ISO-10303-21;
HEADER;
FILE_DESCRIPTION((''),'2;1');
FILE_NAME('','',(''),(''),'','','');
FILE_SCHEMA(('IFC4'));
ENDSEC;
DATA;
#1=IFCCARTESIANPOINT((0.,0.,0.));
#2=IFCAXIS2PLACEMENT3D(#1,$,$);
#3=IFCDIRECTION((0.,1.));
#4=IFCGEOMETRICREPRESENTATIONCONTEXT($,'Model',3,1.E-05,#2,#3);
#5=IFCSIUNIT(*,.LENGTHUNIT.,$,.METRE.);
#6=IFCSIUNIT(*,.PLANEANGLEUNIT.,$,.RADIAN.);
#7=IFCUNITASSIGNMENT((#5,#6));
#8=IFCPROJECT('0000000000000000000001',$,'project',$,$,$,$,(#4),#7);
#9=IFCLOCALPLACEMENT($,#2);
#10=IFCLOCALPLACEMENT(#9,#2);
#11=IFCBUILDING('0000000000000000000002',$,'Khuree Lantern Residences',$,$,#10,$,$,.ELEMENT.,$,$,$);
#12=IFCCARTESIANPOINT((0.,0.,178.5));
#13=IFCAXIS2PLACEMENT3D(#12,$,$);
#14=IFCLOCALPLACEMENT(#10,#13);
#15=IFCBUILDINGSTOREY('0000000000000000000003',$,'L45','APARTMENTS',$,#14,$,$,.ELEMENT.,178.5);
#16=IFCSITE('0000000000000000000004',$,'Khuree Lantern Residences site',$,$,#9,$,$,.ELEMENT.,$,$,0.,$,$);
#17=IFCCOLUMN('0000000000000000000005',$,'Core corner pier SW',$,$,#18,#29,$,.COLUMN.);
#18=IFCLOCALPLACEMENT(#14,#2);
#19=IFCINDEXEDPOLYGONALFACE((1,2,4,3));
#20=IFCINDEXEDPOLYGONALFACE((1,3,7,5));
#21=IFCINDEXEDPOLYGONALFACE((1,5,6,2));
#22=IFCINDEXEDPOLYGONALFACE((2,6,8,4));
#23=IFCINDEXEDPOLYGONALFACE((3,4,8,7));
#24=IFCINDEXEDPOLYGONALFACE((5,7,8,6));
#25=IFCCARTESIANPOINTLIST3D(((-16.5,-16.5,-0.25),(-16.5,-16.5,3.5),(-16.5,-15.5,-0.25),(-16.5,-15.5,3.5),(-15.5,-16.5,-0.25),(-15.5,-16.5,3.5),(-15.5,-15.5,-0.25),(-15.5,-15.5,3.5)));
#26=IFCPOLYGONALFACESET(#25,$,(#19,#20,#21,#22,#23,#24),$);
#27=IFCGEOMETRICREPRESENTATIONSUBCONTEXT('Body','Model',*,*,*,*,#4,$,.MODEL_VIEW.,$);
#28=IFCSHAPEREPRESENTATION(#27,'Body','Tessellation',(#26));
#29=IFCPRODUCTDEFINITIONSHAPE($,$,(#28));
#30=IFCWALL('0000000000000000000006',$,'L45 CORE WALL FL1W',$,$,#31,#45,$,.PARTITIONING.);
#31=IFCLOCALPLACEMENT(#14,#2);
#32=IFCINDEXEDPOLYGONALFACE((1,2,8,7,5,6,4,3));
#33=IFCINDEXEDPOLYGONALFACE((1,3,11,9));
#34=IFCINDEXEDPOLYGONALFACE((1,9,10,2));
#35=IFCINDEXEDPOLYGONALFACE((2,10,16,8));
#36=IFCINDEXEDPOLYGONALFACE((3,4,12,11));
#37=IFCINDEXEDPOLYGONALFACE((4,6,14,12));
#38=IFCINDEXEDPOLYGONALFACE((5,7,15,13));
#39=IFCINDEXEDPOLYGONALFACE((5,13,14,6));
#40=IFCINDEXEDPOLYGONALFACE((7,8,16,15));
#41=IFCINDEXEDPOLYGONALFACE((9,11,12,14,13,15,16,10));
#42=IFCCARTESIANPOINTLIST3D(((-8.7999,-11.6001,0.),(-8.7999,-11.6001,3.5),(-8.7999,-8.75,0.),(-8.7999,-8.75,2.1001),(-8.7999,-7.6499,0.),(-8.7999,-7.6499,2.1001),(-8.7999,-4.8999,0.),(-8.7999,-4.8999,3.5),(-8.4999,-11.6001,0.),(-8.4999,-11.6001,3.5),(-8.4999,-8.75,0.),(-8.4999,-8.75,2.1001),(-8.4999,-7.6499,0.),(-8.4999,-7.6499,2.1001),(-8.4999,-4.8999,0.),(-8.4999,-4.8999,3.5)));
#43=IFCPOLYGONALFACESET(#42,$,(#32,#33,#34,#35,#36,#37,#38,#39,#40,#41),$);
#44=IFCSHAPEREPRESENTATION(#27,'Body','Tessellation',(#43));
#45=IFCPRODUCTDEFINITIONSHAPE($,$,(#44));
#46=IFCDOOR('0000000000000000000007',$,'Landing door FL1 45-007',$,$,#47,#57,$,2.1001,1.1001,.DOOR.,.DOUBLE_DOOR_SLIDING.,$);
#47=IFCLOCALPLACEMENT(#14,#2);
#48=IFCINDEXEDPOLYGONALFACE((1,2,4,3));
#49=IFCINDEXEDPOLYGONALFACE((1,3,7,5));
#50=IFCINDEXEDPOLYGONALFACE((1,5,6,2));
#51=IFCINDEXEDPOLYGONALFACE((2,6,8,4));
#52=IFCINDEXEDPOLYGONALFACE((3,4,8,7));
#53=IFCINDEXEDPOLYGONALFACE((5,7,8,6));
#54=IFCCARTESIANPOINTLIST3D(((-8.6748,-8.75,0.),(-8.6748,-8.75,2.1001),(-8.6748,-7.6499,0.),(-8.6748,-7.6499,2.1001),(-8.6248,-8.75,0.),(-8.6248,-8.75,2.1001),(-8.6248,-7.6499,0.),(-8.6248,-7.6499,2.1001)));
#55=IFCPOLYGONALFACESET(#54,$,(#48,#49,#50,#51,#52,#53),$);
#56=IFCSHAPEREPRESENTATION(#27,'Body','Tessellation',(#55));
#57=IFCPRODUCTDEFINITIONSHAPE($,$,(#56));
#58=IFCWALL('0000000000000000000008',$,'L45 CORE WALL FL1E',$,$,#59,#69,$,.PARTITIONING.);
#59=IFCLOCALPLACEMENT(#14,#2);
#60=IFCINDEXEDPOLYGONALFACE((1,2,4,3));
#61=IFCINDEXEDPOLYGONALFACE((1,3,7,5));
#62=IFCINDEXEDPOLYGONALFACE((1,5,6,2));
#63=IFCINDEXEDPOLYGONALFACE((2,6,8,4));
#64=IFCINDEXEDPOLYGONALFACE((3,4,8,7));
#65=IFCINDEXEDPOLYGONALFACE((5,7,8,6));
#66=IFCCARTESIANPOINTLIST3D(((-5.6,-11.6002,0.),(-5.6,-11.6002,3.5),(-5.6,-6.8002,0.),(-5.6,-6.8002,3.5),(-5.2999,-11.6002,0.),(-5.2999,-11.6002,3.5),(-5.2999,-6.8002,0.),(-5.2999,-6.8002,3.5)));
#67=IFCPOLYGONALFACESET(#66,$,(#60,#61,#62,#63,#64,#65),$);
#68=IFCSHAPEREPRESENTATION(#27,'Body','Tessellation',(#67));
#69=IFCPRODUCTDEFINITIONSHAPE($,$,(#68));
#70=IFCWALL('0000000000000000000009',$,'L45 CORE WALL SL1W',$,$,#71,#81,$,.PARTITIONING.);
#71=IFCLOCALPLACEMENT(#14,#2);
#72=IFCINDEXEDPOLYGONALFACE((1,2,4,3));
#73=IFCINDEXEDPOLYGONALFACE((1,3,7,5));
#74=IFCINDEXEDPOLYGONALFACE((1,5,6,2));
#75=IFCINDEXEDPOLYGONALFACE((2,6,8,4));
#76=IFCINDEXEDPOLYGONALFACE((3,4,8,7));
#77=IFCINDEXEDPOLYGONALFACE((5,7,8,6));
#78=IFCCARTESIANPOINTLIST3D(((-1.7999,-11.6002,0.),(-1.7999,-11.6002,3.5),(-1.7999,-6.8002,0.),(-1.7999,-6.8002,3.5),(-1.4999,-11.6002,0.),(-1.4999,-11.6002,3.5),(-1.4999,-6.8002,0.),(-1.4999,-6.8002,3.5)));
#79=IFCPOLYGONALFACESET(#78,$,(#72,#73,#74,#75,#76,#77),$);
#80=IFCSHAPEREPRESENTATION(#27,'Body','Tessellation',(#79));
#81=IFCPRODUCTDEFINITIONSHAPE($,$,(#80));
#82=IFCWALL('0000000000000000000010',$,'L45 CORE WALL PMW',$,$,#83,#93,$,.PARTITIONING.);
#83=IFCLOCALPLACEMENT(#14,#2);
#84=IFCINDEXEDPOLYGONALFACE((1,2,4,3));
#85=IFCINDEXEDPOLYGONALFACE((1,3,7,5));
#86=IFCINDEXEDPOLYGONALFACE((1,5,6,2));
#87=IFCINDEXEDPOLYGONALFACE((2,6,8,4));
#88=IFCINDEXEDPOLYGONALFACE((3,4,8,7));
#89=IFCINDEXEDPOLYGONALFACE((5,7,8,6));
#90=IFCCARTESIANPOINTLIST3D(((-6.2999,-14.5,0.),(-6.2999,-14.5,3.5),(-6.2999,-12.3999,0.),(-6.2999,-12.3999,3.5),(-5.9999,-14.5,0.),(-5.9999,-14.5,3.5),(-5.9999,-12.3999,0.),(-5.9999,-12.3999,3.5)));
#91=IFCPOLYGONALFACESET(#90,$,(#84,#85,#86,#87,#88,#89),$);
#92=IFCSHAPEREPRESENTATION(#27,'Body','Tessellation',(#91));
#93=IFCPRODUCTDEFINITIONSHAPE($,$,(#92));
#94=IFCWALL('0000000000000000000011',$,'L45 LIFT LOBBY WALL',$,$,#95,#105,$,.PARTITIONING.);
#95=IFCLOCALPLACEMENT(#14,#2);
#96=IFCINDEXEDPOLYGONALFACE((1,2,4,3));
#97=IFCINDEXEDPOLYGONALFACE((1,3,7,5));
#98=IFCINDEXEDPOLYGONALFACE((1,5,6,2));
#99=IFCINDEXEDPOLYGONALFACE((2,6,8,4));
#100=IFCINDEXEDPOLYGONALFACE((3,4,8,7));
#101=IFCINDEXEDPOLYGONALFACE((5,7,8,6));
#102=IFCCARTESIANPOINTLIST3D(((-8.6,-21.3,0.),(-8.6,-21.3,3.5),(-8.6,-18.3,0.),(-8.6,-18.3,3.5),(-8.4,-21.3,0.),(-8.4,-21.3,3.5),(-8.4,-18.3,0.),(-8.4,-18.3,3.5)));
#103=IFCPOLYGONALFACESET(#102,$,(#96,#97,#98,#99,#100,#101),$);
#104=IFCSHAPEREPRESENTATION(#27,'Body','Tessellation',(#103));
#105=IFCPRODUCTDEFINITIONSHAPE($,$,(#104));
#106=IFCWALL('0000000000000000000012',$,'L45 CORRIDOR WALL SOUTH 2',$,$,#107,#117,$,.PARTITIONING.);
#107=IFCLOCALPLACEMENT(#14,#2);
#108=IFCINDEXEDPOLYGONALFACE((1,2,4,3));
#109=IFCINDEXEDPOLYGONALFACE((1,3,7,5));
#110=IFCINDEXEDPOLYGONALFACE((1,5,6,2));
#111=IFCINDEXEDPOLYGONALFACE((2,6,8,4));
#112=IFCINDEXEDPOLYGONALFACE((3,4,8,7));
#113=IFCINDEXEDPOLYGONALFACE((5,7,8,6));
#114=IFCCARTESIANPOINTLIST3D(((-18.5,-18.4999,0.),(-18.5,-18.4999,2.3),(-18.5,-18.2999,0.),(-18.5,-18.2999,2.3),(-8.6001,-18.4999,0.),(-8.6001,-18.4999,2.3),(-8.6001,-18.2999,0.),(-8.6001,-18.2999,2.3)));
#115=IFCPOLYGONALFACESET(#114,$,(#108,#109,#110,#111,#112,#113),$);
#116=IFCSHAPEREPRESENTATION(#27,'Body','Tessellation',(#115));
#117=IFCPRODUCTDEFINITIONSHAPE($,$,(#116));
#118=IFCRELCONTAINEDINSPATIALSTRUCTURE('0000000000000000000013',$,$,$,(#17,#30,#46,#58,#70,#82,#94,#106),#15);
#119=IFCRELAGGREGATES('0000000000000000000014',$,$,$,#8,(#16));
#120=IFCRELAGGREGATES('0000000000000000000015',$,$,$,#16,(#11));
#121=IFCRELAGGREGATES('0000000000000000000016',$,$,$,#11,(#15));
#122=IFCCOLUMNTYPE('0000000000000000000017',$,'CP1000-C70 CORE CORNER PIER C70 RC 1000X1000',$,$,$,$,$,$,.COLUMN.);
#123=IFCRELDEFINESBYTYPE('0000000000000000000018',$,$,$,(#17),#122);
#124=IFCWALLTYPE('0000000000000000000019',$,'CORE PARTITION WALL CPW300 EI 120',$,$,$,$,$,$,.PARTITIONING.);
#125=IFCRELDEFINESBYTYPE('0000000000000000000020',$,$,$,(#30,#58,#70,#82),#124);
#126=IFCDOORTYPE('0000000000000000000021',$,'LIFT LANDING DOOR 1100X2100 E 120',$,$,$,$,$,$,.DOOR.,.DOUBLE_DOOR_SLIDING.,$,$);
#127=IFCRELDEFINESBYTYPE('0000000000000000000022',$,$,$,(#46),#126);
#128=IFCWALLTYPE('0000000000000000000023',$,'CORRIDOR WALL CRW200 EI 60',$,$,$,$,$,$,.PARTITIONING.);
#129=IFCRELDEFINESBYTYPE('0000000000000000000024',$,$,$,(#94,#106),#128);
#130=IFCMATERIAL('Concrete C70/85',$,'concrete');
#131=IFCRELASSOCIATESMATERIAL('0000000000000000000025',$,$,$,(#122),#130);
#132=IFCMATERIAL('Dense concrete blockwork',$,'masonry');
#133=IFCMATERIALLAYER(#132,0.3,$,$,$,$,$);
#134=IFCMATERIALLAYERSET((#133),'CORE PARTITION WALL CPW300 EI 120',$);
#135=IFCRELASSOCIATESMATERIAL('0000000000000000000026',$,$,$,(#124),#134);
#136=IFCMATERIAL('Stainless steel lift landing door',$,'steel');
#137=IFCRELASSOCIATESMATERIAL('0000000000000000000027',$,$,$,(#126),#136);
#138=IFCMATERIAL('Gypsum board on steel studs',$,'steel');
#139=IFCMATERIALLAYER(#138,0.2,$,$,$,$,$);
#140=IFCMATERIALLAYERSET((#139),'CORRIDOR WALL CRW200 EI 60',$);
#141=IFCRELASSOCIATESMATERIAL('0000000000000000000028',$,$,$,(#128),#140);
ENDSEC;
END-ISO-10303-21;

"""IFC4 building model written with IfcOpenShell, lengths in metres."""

from ifc_helpers import new_model, si_unit, direction, frame, frame_2d, origin, origin_2d, place, context, subcontext, project, spatial, rectangle, extrude, material, layer, layer_set, material_profile, profile_set, type_object, element, fill, save


model = new_model("IFC4")

# Units and contexts
model_context = context("Model", 3, precision=1e-05, world=origin(), true_north=direction((0.0, 1.0)))
body_context = subcontext(model_context, "Body", "Model", "MODEL_VIEW")
ifc_project = project(units=[si_unit("LENGTHUNIT", "METRE"), si_unit("PLANEANGLEUNIT", "RADIAN")], contexts=[model_context])

# Site, building, storey
site_placement = place(None, origin())
site = spatial("IfcSite", under=ifc_project, at=site_placement, Name="Khuree Lantern Residences site", CompositionType="ELEMENT", RefElevation=0.0)
building_placement = place(site_placement, origin())
building = spatial("IfcBuilding", under=site, at=building_placement, Name="Khuree Lantern Residences", CompositionType="ELEMENT")
storey_placement = place(building_placement, frame((0.0, 0.0, 178.5)))
storey = spatial("IfcBuildingStorey", under=building, at=storey_placement, Name="L45", Description="APARTMENTS", CompositionType="ELEMENT", Elevation=178.5)

# Column
ifc_material_1 = material(Name="Concrete C70/85", Category="concrete")
ifc_material_profile = material_profile(ifc_material_1, rectangle(XDim=1.0, YDim=1.0, at=origin_2d()), Name="RC 1000X1000")
ifc_profile_set = profile_set([ifc_material_profile], Name="Concrete C70/85")
column_type = type_object("IfcColumnType", Name="CP1000-C70 CORE CORNER PIER C70 RC 1000X1000", PredefinedType="COLUMN", material=ifc_profile_set)
column_placement = place(storey_placement, frame((-16.0, -16.0, -0.25), z_axis=(0.0, 0.0, 1.0), x_axis=(1.0, 0.0, 0.0)))
element("IfcColumn", 1, at=column_placement, inside=storey, type_object=column_type, Name="Core corner pier SW", PredefinedType="COLUMN", context=body_context, shape_type="SweptSolid", body=[
    extrude(rectangle(XDim=1.0, YDim=1.0, at=origin_2d()), origin(), (0.0, 0.0, 1.0), 3.75),
])

# Wall, opening, door
ifc_material_2 = material(Name="Dense concrete blockwork", Category="masonry")
ifc_layer_1 = layer(ifc_material_2, 0.3)
ifc_layer_set_1 = layer_set([ifc_layer_1], Name="CORE PARTITION WALL CPW300 EI 120")
wall_type_1 = type_object("IfcWallType", Name="CORE PARTITION WALL CPW300 EI 120", PredefinedType="PARTITIONING", material=ifc_layer_set_1)
wall_1_placement = place(storey_placement, frame((-8.6499, -11.6001, 0.0), z_axis=(0.0, 0.0, 1.0), x_axis=(0.0, 1.0, 0.0)))
wall_1 = element("IfcWall", 2, at=wall_1_placement, inside=storey, type_object=wall_type_1, Name="L45 CORE WALL FL1W", PredefinedType="PARTITIONING", context=body_context, shape_type="SweptSolid", body=[
    extrude(rectangle(XDim=6.7002, YDim=0.3, at=frame_2d((3.3501, 0.0))), origin(), (0.0, 0.0, 1.0), 3.5),
])
opening_1_placement = place(wall_1_placement, frame((2.8501, 0.0, 0.0)))
opening_1 = element("IfcOpeningElement", 3, at=opening_1_placement, cuts=wall_1, PredefinedType="OPENING", context=body_context, shape_type="SweptSolid", body=[
    extrude(rectangle(XDim=1.1001, YDim=2.1001, at=frame_2d((0.55, 1.05))), frame((0.0, 0.1602, 0.0), z_axis=(0.0, -1.0, 0.0), x_axis=(1.0, 0.0, 0.0)), (0.0, 0.0, 1.0), 0.3201),
])
ifc_material_3 = material(Name="Stainless steel lift landing door", Category="steel")
door_type_1 = type_object("IfcDoorType", Name="LIFT LANDING DOOR 1100X2100 E 120", OperationType="DOUBLE_DOOR_SLIDING", PredefinedType="DOOR", material=ifc_material_3)
door_1_placement = place(opening_1_placement, origin())
door_1 = element("IfcDoor", 4, at=door_1_placement, inside=storey, type_object=door_type_1, Name="Landing door FL1 45-007", OperationType="DOUBLE_DOOR_SLIDING", OverallHeight=2.1001, OverallWidth=1.1001, PredefinedType="DOOR", context=body_context, shape_type="SweptSolid", body=[
    extrude(rectangle(XDim=1.1001, YDim=2.1001, at=frame_2d((0.55, 1.05))), frame((0.0, 0.0249, 0.0), z_axis=(0.0, -1.0, 0.0), x_axis=(1.0, 0.0, 0.0)), (0.0, 0.0, 1.0), 0.05),
])
fill(opening_1, door_1)

# Walls
for number, where, z_axis, x_axis, name in (
    (5, (-5.45, -11.6001, 0.0), (0.0, 0.0, 1.0), (0.0, 1.0, 0.0), "L45 CORE WALL FL1E"),
    (6, (-1.6499, -11.6001, 0.0), (0.0, 0.0, 1.0), (0.0, 1.0, 0.0), "L45 CORE WALL SL1W"),
):
    element("IfcWall", number, at=place(storey_placement, frame(where, z_axis=z_axis, x_axis=x_axis)), inside=storey, type_object=wall_type_1, Name=name, PredefinedType="PARTITIONING", context=body_context, shape_type="SweptSolid", body=[
        extrude(rectangle(XDim=4.8, YDim=0.3, at=frame_2d((2.3999, 0.0))), origin(), (0.0, 0.0, 1.0), 3.5),
    ])
wall_2_placement = place(storey_placement, frame((-6.1499, -14.5, 0.0), z_axis=(0.0, 0.0, 1.0), x_axis=(0.0, 1.0, 0.0)))
element("IfcWall", 7, at=wall_2_placement, inside=storey, type_object=wall_type_1, Name="L45 CORE WALL PMW", PredefinedType="PARTITIONING", context=body_context, shape_type="SweptSolid", body=[
    extrude(rectangle(XDim=2.1001, YDim=0.3, at=frame_2d((1.05, 0.0))), origin(), (0.0, 0.0, 1.0), 3.5),
])
ifc_material_4 = material(Name="Gypsum board on steel studs", Category="steel")
ifc_layer_2 = layer(ifc_material_4, 0.2)
ifc_layer_set_2 = layer_set([ifc_layer_2], Name="CORRIDOR WALL CRW200 EI 60")
wall_type_2 = type_object("IfcWallType", Name="CORRIDOR WALL CRW200 EI 60", PredefinedType="PARTITIONING", material=ifc_layer_set_2)
wall_3_placement = place(storey_placement, frame((-8.5, -18.3, 0.0), z_axis=(0.0, 0.0, 1.0), x_axis=(0.0, -1.0, 0.0)))
element("IfcWall", 8, at=wall_3_placement, inside=storey, type_object=wall_type_2, Name="L45 LIFT LOBBY WALL", PredefinedType="PARTITIONING", context=body_context, shape_type="SweptSolid", body=[
    extrude(rectangle(XDim=3.0, YDim=0.2, at=frame_2d((1.5, 0.0))), origin(), (0.0, 0.0, 1.0), 3.5),
])
wall_4_placement = place(storey_placement, frame((-8.6001, -18.3999, 0.0), z_axis=(0.0, 0.0, 1.0), x_axis=(-1.0, 0.0, 0.0)))
element("IfcWall", 9, at=wall_4_placement, inside=storey, type_object=wall_type_2, Name="L45 CORRIDOR WALL SOUTH 2", PredefinedType="PARTITIONING", context=body_context, shape_type="SweptSolid", body=[
    extrude(rectangle(XDim=9.8999, YDim=0.2, at=frame_2d((4.95, 0.0))), origin(), (0.0, 0.0, 1.0), 2.3),
])

save(model, "model.ifc")
